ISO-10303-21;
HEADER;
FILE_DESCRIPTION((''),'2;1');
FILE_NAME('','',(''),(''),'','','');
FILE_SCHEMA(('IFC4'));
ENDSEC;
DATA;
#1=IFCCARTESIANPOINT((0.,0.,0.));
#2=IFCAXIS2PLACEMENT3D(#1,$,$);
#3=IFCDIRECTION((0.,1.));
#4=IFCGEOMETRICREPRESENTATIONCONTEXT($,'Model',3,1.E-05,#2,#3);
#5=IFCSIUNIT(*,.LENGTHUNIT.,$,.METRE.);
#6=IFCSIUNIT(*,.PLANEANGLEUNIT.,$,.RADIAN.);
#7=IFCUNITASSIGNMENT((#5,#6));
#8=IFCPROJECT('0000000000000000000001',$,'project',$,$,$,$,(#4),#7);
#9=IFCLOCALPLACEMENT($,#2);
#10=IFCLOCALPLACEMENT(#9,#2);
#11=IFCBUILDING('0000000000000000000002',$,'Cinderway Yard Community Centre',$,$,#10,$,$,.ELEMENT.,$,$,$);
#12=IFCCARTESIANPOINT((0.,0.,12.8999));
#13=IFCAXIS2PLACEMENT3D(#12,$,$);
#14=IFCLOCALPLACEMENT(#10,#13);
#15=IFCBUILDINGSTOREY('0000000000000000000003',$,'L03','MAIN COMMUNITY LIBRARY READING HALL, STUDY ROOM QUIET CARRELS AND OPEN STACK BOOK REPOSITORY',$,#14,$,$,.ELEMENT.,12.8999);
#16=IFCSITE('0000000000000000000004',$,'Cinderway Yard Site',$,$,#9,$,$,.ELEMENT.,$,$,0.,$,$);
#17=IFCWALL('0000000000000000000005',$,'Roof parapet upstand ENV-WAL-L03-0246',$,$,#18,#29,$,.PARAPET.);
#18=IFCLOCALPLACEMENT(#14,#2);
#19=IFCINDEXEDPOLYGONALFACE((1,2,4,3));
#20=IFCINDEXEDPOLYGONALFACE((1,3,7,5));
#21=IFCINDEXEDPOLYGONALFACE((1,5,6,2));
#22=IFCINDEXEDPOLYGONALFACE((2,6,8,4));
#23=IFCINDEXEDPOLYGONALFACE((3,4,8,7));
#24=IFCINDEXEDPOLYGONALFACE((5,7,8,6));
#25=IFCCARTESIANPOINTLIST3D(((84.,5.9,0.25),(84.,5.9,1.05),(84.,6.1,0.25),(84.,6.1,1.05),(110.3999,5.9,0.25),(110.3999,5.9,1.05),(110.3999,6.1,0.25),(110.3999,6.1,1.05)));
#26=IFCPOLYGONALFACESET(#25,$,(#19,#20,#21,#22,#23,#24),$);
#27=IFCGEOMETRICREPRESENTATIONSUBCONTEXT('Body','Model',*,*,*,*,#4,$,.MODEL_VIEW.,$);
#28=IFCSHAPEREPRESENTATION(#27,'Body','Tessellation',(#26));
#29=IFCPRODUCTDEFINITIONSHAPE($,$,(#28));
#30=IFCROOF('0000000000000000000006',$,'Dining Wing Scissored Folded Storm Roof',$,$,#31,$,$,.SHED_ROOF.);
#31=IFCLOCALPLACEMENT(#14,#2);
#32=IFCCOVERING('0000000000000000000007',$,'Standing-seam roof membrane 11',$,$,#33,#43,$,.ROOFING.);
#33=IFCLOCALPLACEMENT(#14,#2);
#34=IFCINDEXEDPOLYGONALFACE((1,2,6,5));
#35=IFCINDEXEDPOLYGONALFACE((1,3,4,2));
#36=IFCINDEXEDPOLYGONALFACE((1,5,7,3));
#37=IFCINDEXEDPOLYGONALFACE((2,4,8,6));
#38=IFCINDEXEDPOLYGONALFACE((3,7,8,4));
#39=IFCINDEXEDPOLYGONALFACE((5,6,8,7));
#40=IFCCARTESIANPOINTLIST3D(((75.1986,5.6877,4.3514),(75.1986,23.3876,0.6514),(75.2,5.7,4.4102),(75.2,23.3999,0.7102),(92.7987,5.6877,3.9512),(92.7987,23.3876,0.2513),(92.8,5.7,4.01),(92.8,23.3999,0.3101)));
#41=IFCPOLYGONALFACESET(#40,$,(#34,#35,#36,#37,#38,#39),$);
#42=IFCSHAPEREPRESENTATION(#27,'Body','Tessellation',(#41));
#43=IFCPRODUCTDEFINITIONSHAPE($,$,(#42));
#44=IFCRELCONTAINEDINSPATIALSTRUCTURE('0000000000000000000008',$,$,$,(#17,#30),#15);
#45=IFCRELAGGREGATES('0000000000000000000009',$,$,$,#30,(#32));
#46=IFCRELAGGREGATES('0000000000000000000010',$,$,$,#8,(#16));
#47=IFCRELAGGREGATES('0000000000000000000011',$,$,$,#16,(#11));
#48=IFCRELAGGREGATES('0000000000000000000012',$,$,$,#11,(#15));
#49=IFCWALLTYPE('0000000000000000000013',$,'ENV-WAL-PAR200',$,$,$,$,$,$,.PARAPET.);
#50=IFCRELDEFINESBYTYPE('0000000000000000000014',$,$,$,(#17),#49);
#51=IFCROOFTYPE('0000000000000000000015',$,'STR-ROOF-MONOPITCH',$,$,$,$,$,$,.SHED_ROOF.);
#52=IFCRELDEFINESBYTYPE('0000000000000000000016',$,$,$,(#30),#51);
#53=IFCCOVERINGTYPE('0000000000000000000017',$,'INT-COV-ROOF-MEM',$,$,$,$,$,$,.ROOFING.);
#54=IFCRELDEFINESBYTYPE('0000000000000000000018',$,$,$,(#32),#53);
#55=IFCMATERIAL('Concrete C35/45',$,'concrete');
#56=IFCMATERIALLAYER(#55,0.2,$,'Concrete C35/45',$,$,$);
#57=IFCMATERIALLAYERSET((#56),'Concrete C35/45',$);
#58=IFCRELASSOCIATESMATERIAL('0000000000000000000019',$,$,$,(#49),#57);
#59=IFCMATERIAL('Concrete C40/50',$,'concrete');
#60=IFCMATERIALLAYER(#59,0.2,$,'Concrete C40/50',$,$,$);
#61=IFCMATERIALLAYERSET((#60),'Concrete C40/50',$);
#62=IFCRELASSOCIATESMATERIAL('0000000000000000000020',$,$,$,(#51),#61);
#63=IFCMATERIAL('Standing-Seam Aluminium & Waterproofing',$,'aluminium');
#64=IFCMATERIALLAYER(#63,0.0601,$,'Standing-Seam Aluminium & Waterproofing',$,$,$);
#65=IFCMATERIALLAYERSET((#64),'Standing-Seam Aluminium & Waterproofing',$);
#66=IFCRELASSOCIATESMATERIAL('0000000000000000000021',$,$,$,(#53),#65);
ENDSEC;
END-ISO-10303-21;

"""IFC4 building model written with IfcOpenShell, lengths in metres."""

from ifc_helpers import new_model, si_unit, direction, frame, frame_2d, origin, place, context, subcontext, project, spatial, polyline, rectangle, outline, extrude, material, layer, layer_set, type_object, element, aggregate, save


model = new_model("IFC4")

# Units and contexts
model_context = context("Model", 3, precision=1e-05, world=origin(), true_north=direction((0.0, 1.0)))
body_context = subcontext(model_context, "Body", "Model", "MODEL_VIEW")
ifc_project = project(units=[si_unit("LENGTHUNIT", "METRE"), si_unit("PLANEANGLEUNIT", "RADIAN")], contexts=[model_context])

# Site, building, storey
site_placement = place(None, origin())
site = spatial("IfcSite", under=ifc_project, at=site_placement, Name="Cinderway Yard Site", CompositionType="ELEMENT", RefElevation=0.0)
building_placement = place(site_placement, origin())
building = spatial("IfcBuilding", under=site, at=building_placement, Name="Cinderway Yard Community Centre", CompositionType="ELEMENT")
storey_placement = place(building_placement, frame((0.0, 0.0, 12.8999)))
storey = spatial("IfcBuildingStorey", under=building, at=storey_placement, Name="L03", Description="MAIN COMMUNITY LIBRARY READING HALL, STUDY ROOM QUIET CARRELS AND OPEN STACK BOOK REPOSITORY", CompositionType="ELEMENT", Elevation=12.8999)

# Shared definitions
ifc_material_1 = material(Name="Concrete C40/50", Category="concrete")

# Wall
ifc_material_2 = material(Name="Concrete C35/45", Category="concrete")
ifc_layer_1 = layer(ifc_material_2, 0.2, Name="Concrete C35/45")
ifc_layer_set_1 = layer_set([ifc_layer_1], Name="Concrete C35/45")
wall_type = type_object("IfcWallType", Name="ENV-WAL-PAR200", PredefinedType="PARAPET", material=ifc_layer_set_1)
wall_placement = place(storey_placement, frame((84.0, 6.0, 0.25), z_axis=(0.0, 0.0, 1.0), x_axis=(1.0, 0.0, 0.0)))
element("IfcWall", 1, at=wall_placement, inside=storey, type_object=wall_type, Name="Roof parapet upstand ENV-WAL-L03-0246", PredefinedType="PARAPET", context=body_context, shape_type="SweptSolid", body=[
    extrude(rectangle(XDim=26.3999, YDim=0.2, at=frame_2d((13.2, 0.0))), origin(), (0.0, 0.0, 1.0), 0.8),
])

# Roof, covering
ifc_layer_2 = layer(ifc_material_1, 0.2, Name="Concrete C40/50")
ifc_layer_set_2 = layer_set([ifc_layer_2], Name="Concrete C40/50")
roof_type = type_object("IfcRoofType", Name="STR-ROOF-MONOPITCH", PredefinedType="SHED_ROOF", material=ifc_layer_set_2)
roof_placement = place(storey_placement, origin())
roof = element("IfcRoof", 2, at=roof_placement, inside=storey, type_object=roof_type, Name="Dining Wing Scissored Folded Storm Roof", PredefinedType="SHED_ROOF")
ifc_material_3 = material(Name="Standing-Seam Aluminium & Waterproofing", Category="aluminium")
ifc_layer_3 = layer(ifc_material_3, 0.0601, Name="Standing-Seam Aluminium & Waterproofing")
ifc_layer_set_3 = layer_set([ifc_layer_3], Name="Standing-Seam Aluminium & Waterproofing")
covering_type = type_object("IfcCoveringType", Name="INT-COV-ROOF-MEM", PredefinedType="ROOFING", material=ifc_layer_set_3)
covering_placement = place(storey_placement, frame((75.2, 5.7, 4.4102), z_axis=(0.022249, 0.204564, 0.9786), x_axis=(0.999742, 0.0, -0.02273)))
covering = element("IfcCovering", 3, at=covering_placement, type_object=covering_type, Name="Standing-seam roof membrane 11", PredefinedType="ROOFING", context=body_context, shape_type="SweptSolid", body=[
    extrude(outline(polyline([(0.0, 0.0), (17.6046, 0.0), (17.6887, 18.0823), (0.0841, 18.0823), (0.0, 0.0)])), origin(), (0.0, 0.0, -1.0), 0.0601),
])
aggregate(roof, [covering])

save(model, "model.ifc")
